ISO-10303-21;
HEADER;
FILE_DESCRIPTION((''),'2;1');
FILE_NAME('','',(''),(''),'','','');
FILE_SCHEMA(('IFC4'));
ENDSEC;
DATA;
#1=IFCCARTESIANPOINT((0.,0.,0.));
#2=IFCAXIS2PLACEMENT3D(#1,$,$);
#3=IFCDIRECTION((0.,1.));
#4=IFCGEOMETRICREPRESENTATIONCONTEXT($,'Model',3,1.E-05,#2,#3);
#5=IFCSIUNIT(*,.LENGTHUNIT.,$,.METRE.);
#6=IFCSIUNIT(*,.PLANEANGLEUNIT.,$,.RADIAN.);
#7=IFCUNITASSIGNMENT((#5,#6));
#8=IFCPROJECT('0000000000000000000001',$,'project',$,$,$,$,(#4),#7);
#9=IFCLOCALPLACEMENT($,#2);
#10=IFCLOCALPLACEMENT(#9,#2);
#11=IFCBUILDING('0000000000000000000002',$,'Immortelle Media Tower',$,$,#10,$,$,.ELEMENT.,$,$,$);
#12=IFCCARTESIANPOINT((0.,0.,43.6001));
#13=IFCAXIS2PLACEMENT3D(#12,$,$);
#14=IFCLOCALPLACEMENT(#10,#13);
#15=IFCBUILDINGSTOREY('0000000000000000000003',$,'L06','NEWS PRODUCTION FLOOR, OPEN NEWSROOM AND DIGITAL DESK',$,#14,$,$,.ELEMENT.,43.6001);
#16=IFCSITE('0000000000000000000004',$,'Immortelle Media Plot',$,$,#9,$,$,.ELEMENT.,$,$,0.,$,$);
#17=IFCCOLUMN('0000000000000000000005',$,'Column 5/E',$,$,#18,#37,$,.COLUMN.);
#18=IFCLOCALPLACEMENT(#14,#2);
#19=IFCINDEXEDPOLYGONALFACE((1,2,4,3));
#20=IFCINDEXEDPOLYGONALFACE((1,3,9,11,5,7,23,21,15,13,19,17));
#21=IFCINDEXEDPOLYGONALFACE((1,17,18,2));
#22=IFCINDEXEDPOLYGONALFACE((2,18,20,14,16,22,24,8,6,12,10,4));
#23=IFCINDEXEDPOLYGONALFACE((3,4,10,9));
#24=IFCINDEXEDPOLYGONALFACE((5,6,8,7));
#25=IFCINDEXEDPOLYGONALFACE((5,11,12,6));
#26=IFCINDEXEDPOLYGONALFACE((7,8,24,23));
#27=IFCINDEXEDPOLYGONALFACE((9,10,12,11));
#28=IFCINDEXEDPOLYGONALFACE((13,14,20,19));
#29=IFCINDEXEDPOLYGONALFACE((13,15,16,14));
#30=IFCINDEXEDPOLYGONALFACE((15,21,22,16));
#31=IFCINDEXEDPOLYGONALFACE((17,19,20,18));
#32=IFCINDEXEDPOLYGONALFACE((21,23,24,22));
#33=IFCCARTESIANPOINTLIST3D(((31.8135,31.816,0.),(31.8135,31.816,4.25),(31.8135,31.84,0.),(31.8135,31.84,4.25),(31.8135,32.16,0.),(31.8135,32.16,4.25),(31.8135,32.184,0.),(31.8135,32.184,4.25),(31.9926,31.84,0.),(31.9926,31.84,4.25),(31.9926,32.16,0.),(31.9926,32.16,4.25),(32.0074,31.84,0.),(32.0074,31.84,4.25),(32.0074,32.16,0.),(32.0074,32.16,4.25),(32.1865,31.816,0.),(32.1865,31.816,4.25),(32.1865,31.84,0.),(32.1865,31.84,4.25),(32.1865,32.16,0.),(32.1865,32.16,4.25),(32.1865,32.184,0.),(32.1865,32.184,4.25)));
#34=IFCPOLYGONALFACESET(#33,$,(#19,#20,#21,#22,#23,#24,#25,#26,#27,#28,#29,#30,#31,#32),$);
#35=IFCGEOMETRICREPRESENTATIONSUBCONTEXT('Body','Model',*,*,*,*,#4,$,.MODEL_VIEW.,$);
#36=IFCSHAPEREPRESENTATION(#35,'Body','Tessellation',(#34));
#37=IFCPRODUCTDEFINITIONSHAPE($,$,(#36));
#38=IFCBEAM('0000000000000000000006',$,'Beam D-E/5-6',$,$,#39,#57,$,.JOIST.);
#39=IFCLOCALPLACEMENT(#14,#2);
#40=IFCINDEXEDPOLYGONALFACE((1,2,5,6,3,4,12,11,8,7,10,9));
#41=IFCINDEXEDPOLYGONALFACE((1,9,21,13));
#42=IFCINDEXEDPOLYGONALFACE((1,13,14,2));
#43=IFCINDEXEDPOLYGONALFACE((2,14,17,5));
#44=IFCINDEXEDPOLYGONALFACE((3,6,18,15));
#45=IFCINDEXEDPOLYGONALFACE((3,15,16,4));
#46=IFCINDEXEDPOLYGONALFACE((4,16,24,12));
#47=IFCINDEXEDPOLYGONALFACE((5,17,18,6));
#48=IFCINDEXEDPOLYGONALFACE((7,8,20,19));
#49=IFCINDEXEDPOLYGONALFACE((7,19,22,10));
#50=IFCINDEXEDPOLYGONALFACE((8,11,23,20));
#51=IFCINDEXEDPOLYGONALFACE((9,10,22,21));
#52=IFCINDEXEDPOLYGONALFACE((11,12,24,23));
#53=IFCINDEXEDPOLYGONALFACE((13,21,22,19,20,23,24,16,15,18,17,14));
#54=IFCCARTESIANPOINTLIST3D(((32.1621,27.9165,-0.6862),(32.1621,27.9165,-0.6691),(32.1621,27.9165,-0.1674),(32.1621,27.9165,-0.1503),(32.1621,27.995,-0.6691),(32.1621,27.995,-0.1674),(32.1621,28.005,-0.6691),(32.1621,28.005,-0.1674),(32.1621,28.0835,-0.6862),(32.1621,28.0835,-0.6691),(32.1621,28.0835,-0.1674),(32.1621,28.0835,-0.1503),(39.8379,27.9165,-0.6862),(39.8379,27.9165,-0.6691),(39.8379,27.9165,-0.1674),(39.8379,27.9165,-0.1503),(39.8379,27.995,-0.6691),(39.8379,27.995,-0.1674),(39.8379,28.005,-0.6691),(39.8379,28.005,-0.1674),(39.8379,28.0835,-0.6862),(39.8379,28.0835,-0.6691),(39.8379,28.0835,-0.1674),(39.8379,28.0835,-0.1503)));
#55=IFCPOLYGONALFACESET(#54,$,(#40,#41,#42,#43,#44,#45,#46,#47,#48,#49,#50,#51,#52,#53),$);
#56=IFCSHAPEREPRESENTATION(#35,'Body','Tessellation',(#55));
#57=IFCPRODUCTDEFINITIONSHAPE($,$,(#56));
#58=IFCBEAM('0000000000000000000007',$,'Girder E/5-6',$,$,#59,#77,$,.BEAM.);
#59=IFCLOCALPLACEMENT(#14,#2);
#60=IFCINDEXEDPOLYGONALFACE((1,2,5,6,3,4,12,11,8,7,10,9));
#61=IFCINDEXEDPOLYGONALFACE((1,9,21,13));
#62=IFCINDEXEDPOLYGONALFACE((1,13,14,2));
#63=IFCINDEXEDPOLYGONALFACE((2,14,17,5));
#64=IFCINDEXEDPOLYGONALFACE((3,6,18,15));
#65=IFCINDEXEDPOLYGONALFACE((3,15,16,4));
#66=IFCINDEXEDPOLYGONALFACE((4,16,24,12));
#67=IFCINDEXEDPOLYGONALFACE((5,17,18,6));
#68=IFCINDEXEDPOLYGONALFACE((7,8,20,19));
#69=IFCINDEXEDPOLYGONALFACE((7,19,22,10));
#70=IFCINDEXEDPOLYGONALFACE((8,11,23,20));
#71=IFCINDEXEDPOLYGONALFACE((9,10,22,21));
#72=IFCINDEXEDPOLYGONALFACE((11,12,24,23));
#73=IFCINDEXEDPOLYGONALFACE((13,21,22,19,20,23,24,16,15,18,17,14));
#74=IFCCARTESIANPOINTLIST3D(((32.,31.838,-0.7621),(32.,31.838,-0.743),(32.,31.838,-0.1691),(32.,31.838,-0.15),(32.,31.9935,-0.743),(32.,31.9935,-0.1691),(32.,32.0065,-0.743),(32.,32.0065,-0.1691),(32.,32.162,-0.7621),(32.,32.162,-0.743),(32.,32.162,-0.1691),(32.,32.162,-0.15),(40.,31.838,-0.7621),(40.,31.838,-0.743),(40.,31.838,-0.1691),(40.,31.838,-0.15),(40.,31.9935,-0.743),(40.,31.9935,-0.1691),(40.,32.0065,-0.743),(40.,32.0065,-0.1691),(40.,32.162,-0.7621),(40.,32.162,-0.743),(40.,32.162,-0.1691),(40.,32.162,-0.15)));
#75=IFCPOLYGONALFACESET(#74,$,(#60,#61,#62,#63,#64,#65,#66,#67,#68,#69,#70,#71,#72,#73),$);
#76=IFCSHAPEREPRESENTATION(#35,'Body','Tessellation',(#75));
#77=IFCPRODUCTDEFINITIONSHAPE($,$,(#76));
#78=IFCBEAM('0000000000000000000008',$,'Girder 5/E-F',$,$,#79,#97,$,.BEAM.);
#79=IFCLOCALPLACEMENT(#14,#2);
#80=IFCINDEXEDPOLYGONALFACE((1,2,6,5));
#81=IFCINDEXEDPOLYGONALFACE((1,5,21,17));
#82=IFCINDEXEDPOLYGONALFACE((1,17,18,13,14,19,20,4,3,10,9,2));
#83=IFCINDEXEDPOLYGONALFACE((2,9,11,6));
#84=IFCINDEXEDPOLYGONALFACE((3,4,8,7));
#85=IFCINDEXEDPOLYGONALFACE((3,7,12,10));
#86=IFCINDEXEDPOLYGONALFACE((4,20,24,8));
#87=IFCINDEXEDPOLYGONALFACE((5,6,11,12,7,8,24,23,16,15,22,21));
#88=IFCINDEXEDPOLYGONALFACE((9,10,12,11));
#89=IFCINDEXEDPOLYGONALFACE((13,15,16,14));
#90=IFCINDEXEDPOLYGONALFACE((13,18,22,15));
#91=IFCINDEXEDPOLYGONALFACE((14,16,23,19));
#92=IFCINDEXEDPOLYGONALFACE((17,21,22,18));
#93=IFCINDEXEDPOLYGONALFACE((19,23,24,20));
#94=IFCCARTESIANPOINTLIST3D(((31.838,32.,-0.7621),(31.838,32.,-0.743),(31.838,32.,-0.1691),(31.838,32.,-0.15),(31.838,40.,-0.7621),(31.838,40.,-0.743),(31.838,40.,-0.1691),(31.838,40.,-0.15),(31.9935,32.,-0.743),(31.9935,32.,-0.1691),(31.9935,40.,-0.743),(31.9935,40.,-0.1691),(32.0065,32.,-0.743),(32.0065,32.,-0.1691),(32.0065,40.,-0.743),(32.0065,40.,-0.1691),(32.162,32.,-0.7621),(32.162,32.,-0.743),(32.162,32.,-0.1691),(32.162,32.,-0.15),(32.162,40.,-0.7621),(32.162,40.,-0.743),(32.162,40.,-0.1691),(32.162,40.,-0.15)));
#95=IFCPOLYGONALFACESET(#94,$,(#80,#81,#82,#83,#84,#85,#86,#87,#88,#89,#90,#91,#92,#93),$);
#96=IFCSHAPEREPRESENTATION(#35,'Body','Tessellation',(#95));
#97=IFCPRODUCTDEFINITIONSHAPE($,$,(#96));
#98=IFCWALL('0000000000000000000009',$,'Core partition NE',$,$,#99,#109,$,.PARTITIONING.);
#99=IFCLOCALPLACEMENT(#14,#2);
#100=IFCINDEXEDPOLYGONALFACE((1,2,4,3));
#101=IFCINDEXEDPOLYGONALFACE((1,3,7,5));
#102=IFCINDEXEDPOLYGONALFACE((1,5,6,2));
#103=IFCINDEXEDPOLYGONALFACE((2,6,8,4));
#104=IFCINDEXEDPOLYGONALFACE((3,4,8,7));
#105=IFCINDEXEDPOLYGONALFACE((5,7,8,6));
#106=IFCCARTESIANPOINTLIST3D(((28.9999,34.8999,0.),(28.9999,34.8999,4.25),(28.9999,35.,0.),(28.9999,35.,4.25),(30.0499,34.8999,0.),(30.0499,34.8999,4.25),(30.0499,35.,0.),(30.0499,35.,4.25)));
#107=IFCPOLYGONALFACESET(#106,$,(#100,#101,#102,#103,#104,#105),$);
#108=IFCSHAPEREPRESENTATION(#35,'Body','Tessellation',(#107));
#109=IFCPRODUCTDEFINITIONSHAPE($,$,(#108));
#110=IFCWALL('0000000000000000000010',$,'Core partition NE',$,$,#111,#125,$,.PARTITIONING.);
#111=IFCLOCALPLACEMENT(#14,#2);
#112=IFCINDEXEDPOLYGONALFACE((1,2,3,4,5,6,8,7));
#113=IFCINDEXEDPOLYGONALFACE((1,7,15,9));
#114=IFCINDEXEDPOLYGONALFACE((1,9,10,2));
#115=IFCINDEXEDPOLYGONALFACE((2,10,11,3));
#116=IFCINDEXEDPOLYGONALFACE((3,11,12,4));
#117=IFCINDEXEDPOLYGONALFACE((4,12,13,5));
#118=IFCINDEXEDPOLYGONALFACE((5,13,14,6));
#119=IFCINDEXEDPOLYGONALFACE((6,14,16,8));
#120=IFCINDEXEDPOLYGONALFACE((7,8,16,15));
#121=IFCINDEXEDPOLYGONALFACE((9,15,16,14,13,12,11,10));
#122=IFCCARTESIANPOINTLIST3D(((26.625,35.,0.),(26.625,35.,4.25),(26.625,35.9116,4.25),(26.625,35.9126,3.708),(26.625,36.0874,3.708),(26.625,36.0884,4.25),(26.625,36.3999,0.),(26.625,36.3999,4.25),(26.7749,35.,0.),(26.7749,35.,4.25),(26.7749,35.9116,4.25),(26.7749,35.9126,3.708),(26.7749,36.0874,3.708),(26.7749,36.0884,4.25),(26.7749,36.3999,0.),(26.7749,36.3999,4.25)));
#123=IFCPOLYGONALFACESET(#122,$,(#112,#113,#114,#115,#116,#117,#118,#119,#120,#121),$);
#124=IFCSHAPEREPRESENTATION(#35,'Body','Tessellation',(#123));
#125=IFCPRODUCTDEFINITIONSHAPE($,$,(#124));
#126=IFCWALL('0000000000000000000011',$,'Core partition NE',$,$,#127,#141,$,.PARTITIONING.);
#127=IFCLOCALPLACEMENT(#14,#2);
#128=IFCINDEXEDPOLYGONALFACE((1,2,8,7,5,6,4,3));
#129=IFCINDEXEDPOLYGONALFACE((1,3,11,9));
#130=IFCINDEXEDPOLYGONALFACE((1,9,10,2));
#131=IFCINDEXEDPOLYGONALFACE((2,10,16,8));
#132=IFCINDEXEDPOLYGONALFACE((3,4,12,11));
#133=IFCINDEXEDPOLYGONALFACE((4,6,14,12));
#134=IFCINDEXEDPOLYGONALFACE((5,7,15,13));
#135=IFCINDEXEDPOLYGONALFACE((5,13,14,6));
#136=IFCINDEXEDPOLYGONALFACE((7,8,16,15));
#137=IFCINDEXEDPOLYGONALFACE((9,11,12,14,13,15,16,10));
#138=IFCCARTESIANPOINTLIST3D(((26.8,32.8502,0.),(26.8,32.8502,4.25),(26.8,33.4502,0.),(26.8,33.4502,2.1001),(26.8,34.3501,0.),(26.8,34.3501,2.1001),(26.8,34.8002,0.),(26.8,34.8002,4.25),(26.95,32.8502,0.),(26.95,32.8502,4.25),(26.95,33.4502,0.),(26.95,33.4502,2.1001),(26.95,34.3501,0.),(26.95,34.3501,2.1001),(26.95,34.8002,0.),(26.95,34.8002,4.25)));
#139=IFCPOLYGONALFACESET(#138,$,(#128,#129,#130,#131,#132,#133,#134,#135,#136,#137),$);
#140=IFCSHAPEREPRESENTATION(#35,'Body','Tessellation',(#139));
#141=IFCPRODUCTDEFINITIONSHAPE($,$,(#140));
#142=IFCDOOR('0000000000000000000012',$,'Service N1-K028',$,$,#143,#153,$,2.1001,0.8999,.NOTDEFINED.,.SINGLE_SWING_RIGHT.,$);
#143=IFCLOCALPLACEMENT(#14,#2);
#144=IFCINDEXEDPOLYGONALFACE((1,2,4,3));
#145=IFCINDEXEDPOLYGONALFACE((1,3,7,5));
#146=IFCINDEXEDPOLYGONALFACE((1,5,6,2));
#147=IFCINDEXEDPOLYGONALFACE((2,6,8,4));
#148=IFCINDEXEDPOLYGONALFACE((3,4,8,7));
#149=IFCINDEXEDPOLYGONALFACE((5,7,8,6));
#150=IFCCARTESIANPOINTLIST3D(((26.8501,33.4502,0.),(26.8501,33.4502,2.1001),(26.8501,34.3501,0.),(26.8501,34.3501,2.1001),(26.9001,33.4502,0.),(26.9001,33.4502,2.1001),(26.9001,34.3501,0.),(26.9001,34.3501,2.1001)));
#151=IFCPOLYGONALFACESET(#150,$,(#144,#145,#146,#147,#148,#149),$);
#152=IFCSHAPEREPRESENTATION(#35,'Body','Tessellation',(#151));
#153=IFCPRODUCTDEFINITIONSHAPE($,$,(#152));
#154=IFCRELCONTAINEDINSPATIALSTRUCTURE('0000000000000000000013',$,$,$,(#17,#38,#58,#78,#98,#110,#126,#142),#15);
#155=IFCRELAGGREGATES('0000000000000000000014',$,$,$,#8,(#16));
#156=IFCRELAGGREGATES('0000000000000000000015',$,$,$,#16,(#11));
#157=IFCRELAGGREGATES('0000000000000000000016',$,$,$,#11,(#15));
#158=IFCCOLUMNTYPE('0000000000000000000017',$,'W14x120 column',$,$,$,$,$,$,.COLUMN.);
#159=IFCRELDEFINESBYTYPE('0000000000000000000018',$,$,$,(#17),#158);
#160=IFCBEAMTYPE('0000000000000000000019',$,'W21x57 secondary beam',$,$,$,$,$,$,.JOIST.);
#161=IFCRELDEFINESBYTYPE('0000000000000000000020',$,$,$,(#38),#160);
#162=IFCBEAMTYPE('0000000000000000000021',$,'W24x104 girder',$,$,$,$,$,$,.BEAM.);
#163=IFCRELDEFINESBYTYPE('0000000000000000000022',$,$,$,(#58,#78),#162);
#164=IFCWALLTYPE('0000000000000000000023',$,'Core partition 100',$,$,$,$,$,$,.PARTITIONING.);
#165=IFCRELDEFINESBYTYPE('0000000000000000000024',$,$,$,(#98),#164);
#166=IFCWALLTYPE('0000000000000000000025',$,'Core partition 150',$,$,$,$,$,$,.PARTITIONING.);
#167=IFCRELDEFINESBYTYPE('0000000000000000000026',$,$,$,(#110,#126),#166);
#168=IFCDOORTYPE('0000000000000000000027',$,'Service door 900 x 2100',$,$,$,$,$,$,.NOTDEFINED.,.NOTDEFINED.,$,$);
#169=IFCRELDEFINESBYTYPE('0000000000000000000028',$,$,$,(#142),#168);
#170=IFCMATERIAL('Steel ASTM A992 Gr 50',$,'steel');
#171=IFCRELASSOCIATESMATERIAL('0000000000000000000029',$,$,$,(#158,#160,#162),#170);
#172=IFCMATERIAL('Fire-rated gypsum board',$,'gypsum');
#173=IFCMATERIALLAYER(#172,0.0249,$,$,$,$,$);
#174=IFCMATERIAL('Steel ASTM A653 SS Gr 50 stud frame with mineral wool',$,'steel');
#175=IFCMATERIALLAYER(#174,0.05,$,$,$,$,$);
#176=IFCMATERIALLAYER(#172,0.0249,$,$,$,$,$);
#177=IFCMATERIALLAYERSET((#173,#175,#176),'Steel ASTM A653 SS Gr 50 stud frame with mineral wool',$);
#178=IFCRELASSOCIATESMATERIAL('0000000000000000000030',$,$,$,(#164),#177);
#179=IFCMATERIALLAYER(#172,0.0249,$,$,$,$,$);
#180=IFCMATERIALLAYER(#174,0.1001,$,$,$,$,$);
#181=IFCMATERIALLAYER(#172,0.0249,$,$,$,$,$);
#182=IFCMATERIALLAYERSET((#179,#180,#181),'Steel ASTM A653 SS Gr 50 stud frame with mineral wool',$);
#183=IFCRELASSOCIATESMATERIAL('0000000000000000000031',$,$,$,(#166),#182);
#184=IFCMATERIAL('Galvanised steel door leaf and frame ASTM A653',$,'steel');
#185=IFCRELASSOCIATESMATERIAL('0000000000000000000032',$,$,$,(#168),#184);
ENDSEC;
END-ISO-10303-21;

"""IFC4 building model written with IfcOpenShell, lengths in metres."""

from ifc_helpers import new_model, si_unit, direction, frame, frame_2d, origin, origin_2d, place, context, subcontext, project, spatial, polyline, rectangle, i_section, outline, extrude, material, layer, layer_set, material_profile, profile_set, type_object, element, fill, save


model = new_model("IFC4")

# Units and contexts
model_context = context("Model", 3, precision=1e-05, world=origin(), true_north=direction((0.0, 1.0)))
body_context = subcontext(model_context, "Body", "Model", "MODEL_VIEW")
ifc_project = project(units=[si_unit("LENGTHUNIT", "METRE"), si_unit("PLANEANGLEUNIT", "RADIAN")], contexts=[model_context])

# Site, building, storey
site_placement = place(None, origin())
site = spatial("IfcSite", under=ifc_project, at=site_placement, Name="Immortelle Media Plot", CompositionType="ELEMENT", RefElevation=0.0)
building_placement = place(site_placement, origin())
building = spatial("IfcBuilding", under=site, at=building_placement, Name="Immortelle Media Tower", CompositionType="ELEMENT")
storey_placement = place(building_placement, frame((0.0, 0.0, 43.6001)))
storey = spatial("IfcBuildingStorey", under=building, at=storey_placement, Name="L06", Description="NEWS PRODUCTION FLOOR, OPEN NEWSROOM AND DIGITAL DESK", CompositionType="ELEMENT", Elevation=43.6001)

# Column
ifc_material_1 = material(Name="Steel ASTM A992 Gr 50", Category="steel")
ifc_material_profile_1 = material_profile(ifc_material_1, i_section(OverallWidth=0.373, OverallDepth=0.3679, WebThickness=0.0149, FlangeThickness=0.0239, at=origin_2d()), Name="W14x120")
ifc_profile_set_1 = profile_set([ifc_material_profile_1], Name="Steel ASTM A992 Gr 50")
column_type = type_object("IfcColumnType", Name="W14x120 column", PredefinedType="COLUMN", material=ifc_profile_set_1)
column_placement = place(storey_placement, frame((32.0, 32.0, 0.0), z_axis=(0.0, 0.0, 1.0), x_axis=(1.0, 0.0, 0.0)))
element("IfcColumn", 1, at=column_placement, inside=storey, type_object=column_type, Name="Column 5/E", PredefinedType="COLUMN", context=body_context, shape_type="SweptSolid", body=[
    extrude(i_section(OverallWidth=0.373, OverallDepth=0.3679, WebThickness=0.0149, FlangeThickness=0.0239, at=origin_2d()), origin(), (0.0, 0.0, 1.0), 4.25),
])

# Beams
ifc_material_profile_2 = material_profile(ifc_material_1, i_section(OverallWidth=0.167, OverallDepth=0.5359, WebThickness=0.01, FlangeThickness=0.0171, at=origin_2d()), Name="W21x57")
ifc_profile_set_2 = profile_set([ifc_material_profile_2], Name="Steel ASTM A992 Gr 50")
beam_type_1 = type_object("IfcBeamType", Name="W21x57 secondary beam", PredefinedType="JOIST", material=ifc_profile_set_2)
beam_placement = place(storey_placement, frame((32.1621, 28.0, -0.4182), z_axis=(1.0, 0.0, 0.0), x_axis=(0.0, 1.0, 0.0)))
element("IfcBeam", 2, at=beam_placement, inside=storey, type_object=beam_type_1, Name="Beam D-E/5-6", PredefinedType="JOIST", context=body_context, shape_type="SweptSolid", body=[
    extrude(i_section(OverallWidth=0.167, OverallDepth=0.5359, WebThickness=0.01, FlangeThickness=0.0171, at=origin_2d()), origin(), (0.0, 0.0, 1.0), 7.6758),
])
ifc_material_profile_3 = material_profile(ifc_material_1, i_section(OverallWidth=0.324, OverallDepth=0.6121, WebThickness=0.0129, FlangeThickness=0.019, at=origin_2d()), Name="W24x104")
ifc_profile_set_3 = profile_set([ifc_material_profile_3], Name="Steel ASTM A992 Gr 50")
beam_type_2 = type_object("IfcBeamType", Name="W24x104 girder", PredefinedType="BEAM", material=ifc_profile_set_3)
for number, where, z_axis, x_axis, name in (
    (3, (32.0, 32.0, -0.4561), (1.0, 0.0, 0.0), (0.0, 1.0, 0.0), "Girder E/5-6"),
    (4, (32.0, 32.0, -0.4561), (0.0, 1.0, 0.0), (-1.0, 0.0, 0.0), "Girder 5/E-F"),
):
    element("IfcBeam", number, at=place(storey_placement, frame(where, z_axis=z_axis, x_axis=x_axis)), inside=storey, type_object=beam_type_2, Name=name, PredefinedType="BEAM", context=body_context, shape_type="SweptSolid", body=[
        extrude(i_section(OverallWidth=0.324, OverallDepth=0.6121, WebThickness=0.0129, FlangeThickness=0.019, at=origin_2d()), origin(), (0.0, 0.0, 1.0), 8.0),
    ])

# Walls
ifc_material_2 = material(Name="Fire-rated gypsum board", Category="gypsum")
ifc_layer_1 = layer(ifc_material_2, 0.0249)
ifc_material_3 = material(Name="Steel ASTM A653 SS Gr 50 stud frame with mineral wool", Category="steel")
ifc_layer_2 = layer(ifc_material_3, 0.05)
ifc_layer_3 = layer(ifc_material_2, 0.0249)
ifc_layer_set_1 = layer_set([ifc_layer_1, ifc_layer_2, ifc_layer_3], Name="Steel ASTM A653 SS Gr 50 stud frame with mineral wool")
wall_type_1 = type_object("IfcWallType", Name="Core partition 100", PredefinedType="PARTITIONING", material=ifc_layer_set_1)
wall_1_placement = place(storey_placement, frame((29.0, 34.95, 0.0), z_axis=(0.0, 0.0, 1.0), x_axis=(1.0, 0.0, 0.0)))
element("IfcWall", 5, at=wall_1_placement, inside=storey, type_object=wall_type_1, Name="Core partition NE", PredefinedType="PARTITIONING", context=body_context, shape_type="SweptSolid", body=[
    extrude(rectangle(XDim=1.05, YDim=0.1001, at=frame_2d((0.5249, 0.0))), origin(), (0.0, 0.0, 1.0), 4.25),
])
ifc_layer_4 = layer(ifc_material_2, 0.0249)
ifc_layer_5 = layer(ifc_material_3, 0.1001)
ifc_layer_6 = layer(ifc_material_2, 0.0249)
ifc_layer_set_2 = layer_set([ifc_layer_4, ifc_layer_5, ifc_layer_6], Name="Steel ASTM A653 SS Gr 50 stud frame with mineral wool")
wall_type_2 = type_object("IfcWallType", Name="Core partition 150", PredefinedType="PARTITIONING", material=ifc_layer_set_2)
wall_2_placement = place(storey_placement, frame((26.7, 35.0, 0.0), z_axis=(0.0, 0.0, 1.0), x_axis=(0.0, 1.0, 0.0)))
element("IfcWall", 6, at=wall_2_placement, inside=storey, type_object=wall_type_2, Name="Core partition NE", PredefinedType="PARTITIONING", context=body_context, shape_type="SweptSolid", body=[
    extrude(outline(polyline([(0.0, 0.0), (1.3999, 0.0), (1.3999, 4.25), (1.0884, 4.25), (1.0874, 3.708), (0.9126, 3.708), (0.9116, 4.25), (0.0, 4.25), (0.0, 0.0)])), frame((0.0, 0.075, 0.0), z_axis=(0.0, -1.0, 0.0), x_axis=(1.0, 0.0, 0.0)), (0.0, 0.0, 1.0), 0.1499),
])

# Wall, opening, door
wall_3_placement = place(storey_placement, frame((26.875, 32.8501, 0.0), z_axis=(0.0, 0.0, 1.0), x_axis=(0.0, 1.0, 0.0)))
wall_3 = element("IfcWall", 7, at=wall_3_placement, inside=storey, type_object=wall_type_2, Name="Core partition NE", PredefinedType="PARTITIONING", context=body_context, shape_type="SweptSolid", body=[
    extrude(rectangle(XDim=1.95, YDim=0.1499, at=frame_2d((0.9751, 0.0))), origin(), (0.0, 0.0, 1.0), 4.25),
])
opening_1_placement = place(wall_3_placement, frame((0.6001, 0.0, 0.0)))
opening_1 = element("IfcOpeningElement", 8, at=opening_1_placement, cuts=wall_3, PredefinedType="OPENING", context=body_context, shape_type="SweptSolid", body=[
    extrude(rectangle(XDim=0.8999, YDim=2.1001, at=frame_2d((0.45, 1.05))), frame((0.0, 0.085, 0.0), z_axis=(0.0, -1.0, 0.0), x_axis=(1.0, 0.0, 0.0)), (0.0, 0.0, 1.0), 0.1699),
])
ifc_material_4 = material(Name="Galvanised steel door leaf and frame ASTM A653", Category="steel")
door_type_1 = type_object("IfcDoorType", Name="Service door 900 x 2100", OperationType="NOTDEFINED", PredefinedType="NOTDEFINED", material=ifc_material_4)
door_1_placement = place(opening_1_placement, origin())
door_1 = element("IfcDoor", 9, at=door_1_placement, inside=storey, type_object=door_type_1, Name="Service N1-K028", OperationType="SINGLE_SWING_RIGHT", OverallHeight=2.1001, OverallWidth=0.8999, PredefinedType="NOTDEFINED", context=body_context, shape_type="SweptSolid", body=[
    extrude(rectangle(XDim=0.8999, YDim=2.1001, at=frame_2d((0.45, 1.05))), frame((0.0, 0.0249, 0.0), z_axis=(0.0, -1.0, 0.0), x_axis=(1.0, 0.0, 0.0)), (0.0, 0.0, 1.0), 0.05),
])
fill(opening_1, door_1)

save(model, "model.ifc")
